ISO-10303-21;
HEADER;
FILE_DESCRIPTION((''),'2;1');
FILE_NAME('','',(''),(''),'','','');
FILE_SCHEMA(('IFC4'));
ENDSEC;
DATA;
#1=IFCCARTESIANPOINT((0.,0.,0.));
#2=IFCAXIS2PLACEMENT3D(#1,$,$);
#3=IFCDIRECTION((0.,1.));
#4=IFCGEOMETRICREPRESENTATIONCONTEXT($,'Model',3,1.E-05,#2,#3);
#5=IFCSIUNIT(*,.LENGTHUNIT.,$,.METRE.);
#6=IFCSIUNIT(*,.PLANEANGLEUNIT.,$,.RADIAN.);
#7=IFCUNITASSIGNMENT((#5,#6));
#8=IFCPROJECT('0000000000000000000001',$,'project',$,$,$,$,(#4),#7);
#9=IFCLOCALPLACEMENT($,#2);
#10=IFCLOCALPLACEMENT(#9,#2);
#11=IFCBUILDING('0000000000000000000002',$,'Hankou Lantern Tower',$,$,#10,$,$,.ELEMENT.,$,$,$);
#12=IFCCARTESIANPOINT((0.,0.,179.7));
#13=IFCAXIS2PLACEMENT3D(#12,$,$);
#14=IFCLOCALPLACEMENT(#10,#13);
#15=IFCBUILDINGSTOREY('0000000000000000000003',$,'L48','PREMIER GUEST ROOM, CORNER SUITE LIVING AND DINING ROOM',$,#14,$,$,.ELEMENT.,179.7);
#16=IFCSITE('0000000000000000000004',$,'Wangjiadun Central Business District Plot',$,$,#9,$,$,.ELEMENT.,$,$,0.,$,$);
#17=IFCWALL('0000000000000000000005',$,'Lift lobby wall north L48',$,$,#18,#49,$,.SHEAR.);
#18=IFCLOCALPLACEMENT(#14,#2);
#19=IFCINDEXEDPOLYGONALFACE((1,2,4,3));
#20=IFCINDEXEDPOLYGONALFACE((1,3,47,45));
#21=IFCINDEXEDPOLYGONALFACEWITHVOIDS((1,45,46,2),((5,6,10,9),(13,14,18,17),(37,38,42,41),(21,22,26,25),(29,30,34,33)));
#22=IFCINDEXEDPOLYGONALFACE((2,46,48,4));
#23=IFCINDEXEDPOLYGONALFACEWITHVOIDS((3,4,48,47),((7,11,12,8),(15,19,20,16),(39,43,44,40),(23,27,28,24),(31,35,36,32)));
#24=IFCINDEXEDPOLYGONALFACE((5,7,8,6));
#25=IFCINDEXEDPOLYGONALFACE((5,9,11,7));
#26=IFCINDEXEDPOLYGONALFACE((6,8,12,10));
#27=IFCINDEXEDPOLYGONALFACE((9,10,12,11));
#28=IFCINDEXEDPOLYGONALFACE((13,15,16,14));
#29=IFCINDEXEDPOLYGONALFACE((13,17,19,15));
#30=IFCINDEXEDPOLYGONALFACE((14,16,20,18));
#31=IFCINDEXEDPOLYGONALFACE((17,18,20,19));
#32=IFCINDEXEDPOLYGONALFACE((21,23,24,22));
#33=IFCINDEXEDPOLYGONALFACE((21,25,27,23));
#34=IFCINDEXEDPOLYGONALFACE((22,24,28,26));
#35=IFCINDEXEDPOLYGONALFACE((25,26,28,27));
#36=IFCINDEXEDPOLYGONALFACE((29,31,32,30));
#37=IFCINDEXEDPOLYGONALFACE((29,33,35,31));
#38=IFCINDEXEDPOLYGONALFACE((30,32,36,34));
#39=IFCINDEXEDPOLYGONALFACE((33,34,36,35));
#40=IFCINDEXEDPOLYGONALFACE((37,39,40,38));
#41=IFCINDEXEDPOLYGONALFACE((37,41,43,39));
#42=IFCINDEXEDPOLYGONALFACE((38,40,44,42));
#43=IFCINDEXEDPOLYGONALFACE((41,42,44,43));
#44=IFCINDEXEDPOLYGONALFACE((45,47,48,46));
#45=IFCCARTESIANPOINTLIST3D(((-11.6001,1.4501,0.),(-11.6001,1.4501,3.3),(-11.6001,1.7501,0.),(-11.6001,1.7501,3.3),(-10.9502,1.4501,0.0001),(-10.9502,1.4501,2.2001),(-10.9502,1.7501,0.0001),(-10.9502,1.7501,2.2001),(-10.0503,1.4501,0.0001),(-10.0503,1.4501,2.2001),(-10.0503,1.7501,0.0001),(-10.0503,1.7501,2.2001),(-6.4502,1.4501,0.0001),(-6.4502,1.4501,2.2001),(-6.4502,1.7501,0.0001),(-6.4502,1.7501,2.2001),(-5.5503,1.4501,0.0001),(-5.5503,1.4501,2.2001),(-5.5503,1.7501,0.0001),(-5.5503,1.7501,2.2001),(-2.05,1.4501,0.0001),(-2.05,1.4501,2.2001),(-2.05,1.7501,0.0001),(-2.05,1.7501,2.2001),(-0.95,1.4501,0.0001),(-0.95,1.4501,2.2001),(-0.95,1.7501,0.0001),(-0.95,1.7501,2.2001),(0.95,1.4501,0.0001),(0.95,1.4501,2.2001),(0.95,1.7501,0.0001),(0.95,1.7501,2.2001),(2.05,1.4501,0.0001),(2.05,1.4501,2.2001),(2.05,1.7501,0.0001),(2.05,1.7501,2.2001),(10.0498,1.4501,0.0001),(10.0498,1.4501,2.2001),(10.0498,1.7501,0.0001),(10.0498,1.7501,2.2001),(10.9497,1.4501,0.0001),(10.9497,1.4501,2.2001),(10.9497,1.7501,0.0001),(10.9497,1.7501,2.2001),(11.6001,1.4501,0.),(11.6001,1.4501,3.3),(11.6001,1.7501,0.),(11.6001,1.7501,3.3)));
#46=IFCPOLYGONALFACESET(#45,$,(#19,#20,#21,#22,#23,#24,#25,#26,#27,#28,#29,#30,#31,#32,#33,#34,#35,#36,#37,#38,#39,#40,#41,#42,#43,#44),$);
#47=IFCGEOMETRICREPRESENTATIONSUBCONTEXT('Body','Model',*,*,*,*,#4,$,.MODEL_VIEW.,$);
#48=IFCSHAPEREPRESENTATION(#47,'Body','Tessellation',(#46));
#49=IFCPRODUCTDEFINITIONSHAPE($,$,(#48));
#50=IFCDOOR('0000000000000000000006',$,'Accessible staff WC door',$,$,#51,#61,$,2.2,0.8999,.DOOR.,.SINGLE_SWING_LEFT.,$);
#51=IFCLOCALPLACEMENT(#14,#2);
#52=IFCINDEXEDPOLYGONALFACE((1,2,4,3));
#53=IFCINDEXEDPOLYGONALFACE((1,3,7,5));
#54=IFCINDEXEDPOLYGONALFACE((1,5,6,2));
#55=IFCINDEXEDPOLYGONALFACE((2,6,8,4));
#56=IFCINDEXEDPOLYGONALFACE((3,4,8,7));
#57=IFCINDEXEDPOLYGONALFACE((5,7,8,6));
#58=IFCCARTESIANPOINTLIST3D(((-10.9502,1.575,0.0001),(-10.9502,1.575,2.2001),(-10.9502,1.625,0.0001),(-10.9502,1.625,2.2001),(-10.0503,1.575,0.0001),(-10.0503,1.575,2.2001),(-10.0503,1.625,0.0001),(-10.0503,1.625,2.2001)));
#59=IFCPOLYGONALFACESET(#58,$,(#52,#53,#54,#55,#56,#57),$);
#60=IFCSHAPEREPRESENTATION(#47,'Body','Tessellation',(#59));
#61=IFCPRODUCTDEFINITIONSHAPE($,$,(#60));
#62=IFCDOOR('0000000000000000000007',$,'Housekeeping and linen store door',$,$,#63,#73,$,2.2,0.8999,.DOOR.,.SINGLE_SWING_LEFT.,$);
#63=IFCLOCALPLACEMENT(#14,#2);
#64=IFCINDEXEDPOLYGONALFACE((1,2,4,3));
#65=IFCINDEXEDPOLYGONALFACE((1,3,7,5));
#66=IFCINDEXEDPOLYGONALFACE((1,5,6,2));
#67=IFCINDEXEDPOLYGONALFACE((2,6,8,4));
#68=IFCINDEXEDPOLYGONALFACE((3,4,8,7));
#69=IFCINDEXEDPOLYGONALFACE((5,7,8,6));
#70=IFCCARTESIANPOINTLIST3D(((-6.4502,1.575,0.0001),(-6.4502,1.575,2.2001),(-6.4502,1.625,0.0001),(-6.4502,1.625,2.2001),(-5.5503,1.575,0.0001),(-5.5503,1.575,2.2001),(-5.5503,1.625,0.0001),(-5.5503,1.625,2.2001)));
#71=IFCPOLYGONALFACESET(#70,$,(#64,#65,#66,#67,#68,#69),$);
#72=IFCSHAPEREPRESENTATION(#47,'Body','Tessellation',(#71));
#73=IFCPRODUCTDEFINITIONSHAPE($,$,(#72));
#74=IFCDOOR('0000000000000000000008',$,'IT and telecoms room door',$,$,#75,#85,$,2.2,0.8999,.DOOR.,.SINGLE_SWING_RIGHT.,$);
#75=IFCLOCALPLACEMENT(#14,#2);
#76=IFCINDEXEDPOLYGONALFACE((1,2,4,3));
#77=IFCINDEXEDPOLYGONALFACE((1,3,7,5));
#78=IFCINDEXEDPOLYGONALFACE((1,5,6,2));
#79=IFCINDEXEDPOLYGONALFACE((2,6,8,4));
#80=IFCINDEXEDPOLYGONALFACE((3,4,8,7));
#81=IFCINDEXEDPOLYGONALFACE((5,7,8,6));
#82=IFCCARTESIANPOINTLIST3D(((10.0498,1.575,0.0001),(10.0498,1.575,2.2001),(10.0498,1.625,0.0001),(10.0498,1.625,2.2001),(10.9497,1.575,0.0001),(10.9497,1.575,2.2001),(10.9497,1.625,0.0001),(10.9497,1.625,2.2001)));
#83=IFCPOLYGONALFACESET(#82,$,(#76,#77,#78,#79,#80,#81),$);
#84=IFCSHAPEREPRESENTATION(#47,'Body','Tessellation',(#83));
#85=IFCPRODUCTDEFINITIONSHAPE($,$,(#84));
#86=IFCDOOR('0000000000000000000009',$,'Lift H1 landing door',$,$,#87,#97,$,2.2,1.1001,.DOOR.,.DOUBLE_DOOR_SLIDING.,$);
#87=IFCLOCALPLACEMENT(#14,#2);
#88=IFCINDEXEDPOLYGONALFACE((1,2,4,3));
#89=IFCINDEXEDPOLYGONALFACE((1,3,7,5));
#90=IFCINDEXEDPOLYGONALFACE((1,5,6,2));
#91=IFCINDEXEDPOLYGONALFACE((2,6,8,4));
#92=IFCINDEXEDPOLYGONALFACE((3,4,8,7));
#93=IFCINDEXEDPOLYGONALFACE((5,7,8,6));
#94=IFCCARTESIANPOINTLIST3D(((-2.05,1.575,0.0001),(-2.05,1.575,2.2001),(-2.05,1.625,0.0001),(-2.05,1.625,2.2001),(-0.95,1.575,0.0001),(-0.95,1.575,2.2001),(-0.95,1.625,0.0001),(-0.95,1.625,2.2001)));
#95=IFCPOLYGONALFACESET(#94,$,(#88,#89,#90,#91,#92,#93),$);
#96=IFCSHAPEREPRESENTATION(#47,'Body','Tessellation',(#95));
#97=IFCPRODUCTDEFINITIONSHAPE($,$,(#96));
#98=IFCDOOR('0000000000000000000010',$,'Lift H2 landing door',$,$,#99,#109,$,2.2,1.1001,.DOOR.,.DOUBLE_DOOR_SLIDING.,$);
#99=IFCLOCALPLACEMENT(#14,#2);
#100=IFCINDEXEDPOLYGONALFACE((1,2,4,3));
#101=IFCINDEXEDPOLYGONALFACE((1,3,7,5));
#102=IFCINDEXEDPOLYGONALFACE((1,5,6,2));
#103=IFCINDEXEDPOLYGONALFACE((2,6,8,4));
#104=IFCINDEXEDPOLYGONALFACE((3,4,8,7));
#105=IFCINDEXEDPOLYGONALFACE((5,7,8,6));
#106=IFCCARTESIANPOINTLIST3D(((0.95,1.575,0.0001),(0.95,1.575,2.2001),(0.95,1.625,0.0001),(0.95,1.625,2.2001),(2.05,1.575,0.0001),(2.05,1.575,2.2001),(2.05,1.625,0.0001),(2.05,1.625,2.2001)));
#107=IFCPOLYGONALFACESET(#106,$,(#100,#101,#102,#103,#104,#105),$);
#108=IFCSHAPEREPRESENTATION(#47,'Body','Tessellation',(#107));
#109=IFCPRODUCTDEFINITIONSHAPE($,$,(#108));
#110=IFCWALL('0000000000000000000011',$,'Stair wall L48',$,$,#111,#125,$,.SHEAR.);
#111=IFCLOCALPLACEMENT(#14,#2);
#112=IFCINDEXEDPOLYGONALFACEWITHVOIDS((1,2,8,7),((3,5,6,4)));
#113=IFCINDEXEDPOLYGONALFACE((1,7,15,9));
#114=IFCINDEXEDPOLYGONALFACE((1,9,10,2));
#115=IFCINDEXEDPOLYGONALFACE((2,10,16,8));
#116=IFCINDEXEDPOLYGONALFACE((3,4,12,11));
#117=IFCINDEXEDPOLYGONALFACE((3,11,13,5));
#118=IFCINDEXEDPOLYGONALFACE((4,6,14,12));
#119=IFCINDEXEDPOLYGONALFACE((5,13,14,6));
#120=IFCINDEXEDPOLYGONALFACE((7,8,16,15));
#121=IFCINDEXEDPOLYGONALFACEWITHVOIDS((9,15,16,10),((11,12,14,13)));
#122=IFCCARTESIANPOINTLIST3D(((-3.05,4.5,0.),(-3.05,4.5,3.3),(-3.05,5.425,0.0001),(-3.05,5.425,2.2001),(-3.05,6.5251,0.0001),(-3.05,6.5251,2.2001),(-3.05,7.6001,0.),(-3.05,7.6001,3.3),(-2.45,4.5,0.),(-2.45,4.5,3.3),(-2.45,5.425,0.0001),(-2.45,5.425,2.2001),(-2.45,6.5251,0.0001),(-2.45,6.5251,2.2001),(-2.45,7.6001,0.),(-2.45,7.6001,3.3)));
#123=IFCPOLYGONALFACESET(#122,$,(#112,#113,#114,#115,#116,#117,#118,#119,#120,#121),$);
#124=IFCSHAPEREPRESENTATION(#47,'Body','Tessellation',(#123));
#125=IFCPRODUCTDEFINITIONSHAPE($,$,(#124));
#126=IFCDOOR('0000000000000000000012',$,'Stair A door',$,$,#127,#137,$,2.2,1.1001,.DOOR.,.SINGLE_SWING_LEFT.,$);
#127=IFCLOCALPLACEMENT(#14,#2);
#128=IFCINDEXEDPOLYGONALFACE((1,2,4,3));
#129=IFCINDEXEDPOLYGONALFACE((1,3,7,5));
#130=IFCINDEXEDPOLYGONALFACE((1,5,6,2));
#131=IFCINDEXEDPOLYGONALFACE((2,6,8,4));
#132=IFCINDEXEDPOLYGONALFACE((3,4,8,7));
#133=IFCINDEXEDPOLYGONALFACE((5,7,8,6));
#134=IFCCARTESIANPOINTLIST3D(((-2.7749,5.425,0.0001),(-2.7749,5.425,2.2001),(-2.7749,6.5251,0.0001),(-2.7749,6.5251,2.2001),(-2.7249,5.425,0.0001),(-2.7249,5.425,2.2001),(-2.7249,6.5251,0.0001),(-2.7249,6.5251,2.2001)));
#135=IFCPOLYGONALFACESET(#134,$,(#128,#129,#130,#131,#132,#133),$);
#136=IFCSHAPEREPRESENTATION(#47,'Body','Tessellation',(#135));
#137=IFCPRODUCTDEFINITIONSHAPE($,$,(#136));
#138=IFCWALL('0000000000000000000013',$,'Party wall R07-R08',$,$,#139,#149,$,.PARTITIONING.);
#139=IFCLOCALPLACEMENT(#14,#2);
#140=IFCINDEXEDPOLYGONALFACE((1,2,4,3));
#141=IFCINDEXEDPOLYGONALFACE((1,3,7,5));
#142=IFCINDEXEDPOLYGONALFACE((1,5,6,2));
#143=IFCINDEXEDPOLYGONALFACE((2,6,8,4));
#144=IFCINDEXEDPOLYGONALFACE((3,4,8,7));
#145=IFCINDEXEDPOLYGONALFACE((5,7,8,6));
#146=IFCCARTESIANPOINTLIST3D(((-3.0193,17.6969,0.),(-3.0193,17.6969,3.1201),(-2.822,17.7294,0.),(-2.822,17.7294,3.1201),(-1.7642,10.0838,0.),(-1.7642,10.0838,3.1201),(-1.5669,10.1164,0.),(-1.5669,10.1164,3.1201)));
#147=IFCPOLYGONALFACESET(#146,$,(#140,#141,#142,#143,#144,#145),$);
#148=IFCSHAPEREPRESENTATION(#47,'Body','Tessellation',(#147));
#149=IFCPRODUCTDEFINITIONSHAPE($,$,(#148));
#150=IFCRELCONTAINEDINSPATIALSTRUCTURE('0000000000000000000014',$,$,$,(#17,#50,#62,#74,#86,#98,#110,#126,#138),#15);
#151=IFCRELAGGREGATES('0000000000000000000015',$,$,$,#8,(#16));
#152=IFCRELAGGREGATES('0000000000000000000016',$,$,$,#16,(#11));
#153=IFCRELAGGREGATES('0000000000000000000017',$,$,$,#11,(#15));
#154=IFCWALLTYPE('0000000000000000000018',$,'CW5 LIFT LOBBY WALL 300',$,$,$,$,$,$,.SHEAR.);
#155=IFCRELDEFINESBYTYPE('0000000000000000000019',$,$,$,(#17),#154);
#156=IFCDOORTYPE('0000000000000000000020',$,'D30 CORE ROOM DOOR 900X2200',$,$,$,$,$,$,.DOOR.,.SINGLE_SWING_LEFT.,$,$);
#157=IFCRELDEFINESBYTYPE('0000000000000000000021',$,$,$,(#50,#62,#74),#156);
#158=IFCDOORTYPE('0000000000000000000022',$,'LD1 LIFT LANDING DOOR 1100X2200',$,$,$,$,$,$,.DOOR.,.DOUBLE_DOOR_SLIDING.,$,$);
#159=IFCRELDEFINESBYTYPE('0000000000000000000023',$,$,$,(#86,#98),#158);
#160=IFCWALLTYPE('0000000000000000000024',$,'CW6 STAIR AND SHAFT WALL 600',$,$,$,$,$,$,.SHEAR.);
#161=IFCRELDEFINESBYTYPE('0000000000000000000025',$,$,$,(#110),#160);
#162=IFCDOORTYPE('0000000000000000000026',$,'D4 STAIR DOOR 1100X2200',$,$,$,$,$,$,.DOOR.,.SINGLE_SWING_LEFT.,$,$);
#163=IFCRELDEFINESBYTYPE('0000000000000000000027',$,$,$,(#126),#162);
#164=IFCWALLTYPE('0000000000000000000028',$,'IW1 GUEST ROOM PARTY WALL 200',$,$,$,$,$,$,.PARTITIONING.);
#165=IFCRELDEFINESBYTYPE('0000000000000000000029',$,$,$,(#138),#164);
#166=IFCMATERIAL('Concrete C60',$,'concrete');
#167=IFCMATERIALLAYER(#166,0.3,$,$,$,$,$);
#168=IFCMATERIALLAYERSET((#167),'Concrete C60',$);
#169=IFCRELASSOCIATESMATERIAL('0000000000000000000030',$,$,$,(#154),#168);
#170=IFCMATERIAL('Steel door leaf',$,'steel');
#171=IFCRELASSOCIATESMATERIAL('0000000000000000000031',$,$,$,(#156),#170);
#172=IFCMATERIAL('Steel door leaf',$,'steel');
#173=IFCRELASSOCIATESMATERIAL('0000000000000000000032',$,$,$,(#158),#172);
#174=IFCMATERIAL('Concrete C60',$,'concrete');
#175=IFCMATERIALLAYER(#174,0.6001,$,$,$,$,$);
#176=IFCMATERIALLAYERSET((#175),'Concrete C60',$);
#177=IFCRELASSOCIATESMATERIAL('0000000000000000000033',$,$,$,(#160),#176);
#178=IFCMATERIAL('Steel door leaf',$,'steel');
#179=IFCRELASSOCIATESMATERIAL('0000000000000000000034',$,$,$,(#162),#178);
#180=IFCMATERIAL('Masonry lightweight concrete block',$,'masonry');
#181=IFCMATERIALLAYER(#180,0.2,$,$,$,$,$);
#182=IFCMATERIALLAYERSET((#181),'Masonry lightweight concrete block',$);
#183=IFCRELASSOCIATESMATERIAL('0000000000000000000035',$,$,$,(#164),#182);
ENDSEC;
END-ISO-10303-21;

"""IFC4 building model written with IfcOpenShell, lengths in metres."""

from ifc_helpers import new_model, si_unit, direction, frame, frame_2d, origin, place, context, subcontext, project, spatial, rectangle, extrude, material, layer, layer_set, type_object, element, fill, save


model = new_model("IFC4")

# Units and contexts
model_context = context("Model", 3, precision=1e-05, world=origin(), true_north=direction((0.0, 1.0)))
body_context = subcontext(model_context, "Body", "Model", "MODEL_VIEW")
ifc_project = project(units=[si_unit("LENGTHUNIT", "METRE"), si_unit("PLANEANGLEUNIT", "RADIAN")], contexts=[model_context])

# Site, building, storey
site_placement = place(None, origin())
site = spatial("IfcSite", under=ifc_project, at=site_placement, Name="Wangjiadun Central Business District Plot", CompositionType="ELEMENT", RefElevation=0.0)
building_placement = place(site_placement, origin())
building = spatial("IfcBuilding", under=site, at=building_placement, Name="Hankou Lantern Tower", CompositionType="ELEMENT")
storey_placement = place(building_placement, frame((0.0, 0.0, 179.7)))
storey = spatial("IfcBuildingStorey", under=building, at=storey_placement, Name="L48", Description="PREMIER GUEST ROOM, CORNER SUITE LIVING AND DINING ROOM", CompositionType="ELEMENT", Elevation=179.7)

# Wall, openings, doors
ifc_material_1 = material(Name="Concrete C60", Category="concrete")
ifc_layer_1 = layer(ifc_material_1, 0.3)
ifc_layer_set_1 = layer_set([ifc_layer_1], Name="Concrete C60")
wall_type_1 = type_object("IfcWallType", Name="CW5 LIFT LOBBY WALL 300", PredefinedType="SHEAR", material=ifc_layer_set_1)
wall_1_placement = place(storey_placement, frame((-11.6001, 1.6001, 0.0), z_axis=(0.0, 0.0, 1.0), x_axis=(1.0, 0.0, 0.0)))
wall_1 = element("IfcWall", 1, at=wall_1_placement, inside=storey, type_object=wall_type_1, Name="Lift lobby wall north L48", PredefinedType="SHEAR", context=body_context, shape_type="SweptSolid", body=[
    extrude(rectangle(XDim=23.2002, YDim=0.3, at=frame_2d((11.6001, 0.0))), origin(), (0.0, 0.0, 1.0), 3.3),
])
opening_1_placement = place(wall_1_placement, frame((9.55, 0.0, 0.0)))
opening_1 = element("IfcOpeningElement", 2, at=opening_1_placement, cuts=wall_1, PredefinedType="OPENING", context=body_context, shape_type="SweptSolid", body=[
    extrude(rectangle(XDim=1.1001, YDim=2.2, at=frame_2d((0.55, 1.1001))), frame((0.0, 0.1599, 0.0), z_axis=(0.0, -1.0, 0.0), x_axis=(1.0, 0.0, 0.0)), (0.0, 0.0, 1.0), 0.3201),
])
opening_2_placement = place(wall_1_placement, frame((12.55, 0.0, 0.0)))
opening_2 = element("IfcOpeningElement", 3, at=opening_2_placement, cuts=wall_1, PredefinedType="OPENING", context=body_context, shape_type="SweptSolid", body=[
    extrude(rectangle(XDim=1.1001, YDim=2.2, at=frame_2d((0.55, 1.1001))), frame((0.0, 0.1599, 0.0), z_axis=(0.0, -1.0, 0.0), x_axis=(1.0, 0.0, 0.0)), (0.0, 0.0, 1.0), 0.3201),
])
opening_3_placement = place(wall_1_placement, frame((0.6499, 0.0, 0.0)))
opening_3 = element("IfcOpeningElement", 4, at=opening_3_placement, cuts=wall_1, PredefinedType="OPENING", context=body_context, shape_type="SweptSolid", body=[
    extrude(rectangle(XDim=0.8999, YDim=2.2, at=frame_2d((0.45, 1.1001))), frame((0.0, 0.1599, 0.0), z_axis=(0.0, -1.0, 0.0), x_axis=(1.0, 0.0, 0.0)), (0.0, 0.0, 1.0), 0.3201),
])
opening_4_placement = place(wall_1_placement, frame((5.1499, 0.0, 0.0)))
opening_4 = element("IfcOpeningElement", 5, at=opening_4_placement, cuts=wall_1, PredefinedType="OPENING", context=body_context, shape_type="SweptSolid", body=[
    extrude(rectangle(XDim=0.8999, YDim=2.2, at=frame_2d((0.45, 1.1001))), frame((0.0, 0.1599, 0.0), z_axis=(0.0, -1.0, 0.0), x_axis=(1.0, 0.0, 0.0)), (0.0, 0.0, 1.0), 0.3201),
])
opening_5_placement = place(wall_1_placement, frame((21.6499, 0.0, 0.0)))
opening_5 = element("IfcOpeningElement", 6, at=opening_5_placement, cuts=wall_1, PredefinedType="OPENING", context=body_context, shape_type="SweptSolid", body=[
    extrude(rectangle(XDim=0.8999, YDim=2.2, at=frame_2d((0.45, 1.1001))), frame((0.0, 0.1599, 0.0), z_axis=(0.0, -1.0, 0.0), x_axis=(1.0, 0.0, 0.0)), (0.0, 0.0, 1.0), 0.3201),
])
ifc_material_2 = material(Name="Steel door leaf", Category="steel")
door_type_1 = type_object("IfcDoorType", Name="D30 CORE ROOM DOOR 900X2200", OperationType="SINGLE_SWING_LEFT", PredefinedType="DOOR", material=ifc_material_2)
door_1_placement = place(opening_3_placement, origin())
door_1 = element("IfcDoor", 7, at=door_1_placement, inside=storey, type_object=door_type_1, Name="Accessible staff WC door", OperationType="SINGLE_SWING_LEFT", OverallHeight=2.2, OverallWidth=0.8999, PredefinedType="DOOR", context=body_context, shape_type="SweptSolid", body=[
    extrude(rectangle(XDim=0.8999, YDim=2.2, at=frame_2d((0.45, 1.1001))), frame((0.0, 0.0249, 0.0), z_axis=(0.0, -1.0, 0.0), x_axis=(1.0, 0.0, 0.0)), (0.0, 0.0, 1.0), 0.05),
])
fill(opening_3, door_1)
door_2_placement = place(opening_4_placement, origin())
door_2 = element("IfcDoor", 8, at=door_2_placement, inside=storey, type_object=door_type_1, Name="Housekeeping and linen store door", OperationType="SINGLE_SWING_LEFT", OverallHeight=2.2, OverallWidth=0.8999, PredefinedType="DOOR", context=body_context, shape_type="SweptSolid", body=[
    extrude(rectangle(XDim=0.8999, YDim=2.2, at=frame_2d((0.45, 1.1001))), frame((0.0, 0.0249, 0.0), z_axis=(0.0, -1.0, 0.0), x_axis=(1.0, 0.0, 0.0)), (0.0, 0.0, 1.0), 0.05),
])
fill(opening_4, door_2)
door_3_placement = place(opening_5_placement, origin())
door_3 = element("IfcDoor", 9, at=door_3_placement, inside=storey, type_object=door_type_1, Name="IT and telecoms room door", OperationType="SINGLE_SWING_RIGHT", OverallHeight=2.2, OverallWidth=0.8999, PredefinedType="DOOR", context=body_context, shape_type="SweptSolid", body=[
    extrude(rectangle(XDim=0.8999, YDim=2.2, at=frame_2d((0.45, 1.1001))), frame((0.0, 0.0249, 0.0), z_axis=(0.0, -1.0, 0.0), x_axis=(1.0, 0.0, 0.0)), (0.0, 0.0, 1.0), 0.05),
])
fill(opening_5, door_3)
ifc_material_3 = material(Name="Steel door leaf", Category="steel")
door_type_2 = type_object("IfcDoorType", Name="LD1 LIFT LANDING DOOR 1100X2200", OperationType="DOUBLE_DOOR_SLIDING", PredefinedType="DOOR", material=ifc_material_3)
door_4_placement = place(opening_1_placement, origin())
door_4 = element("IfcDoor", 10, at=door_4_placement, inside=storey, type_object=door_type_2, Name="Lift H1 landing door", OperationType="DOUBLE_DOOR_SLIDING", OverallHeight=2.2, OverallWidth=1.1001, PredefinedType="DOOR", context=body_context, shape_type="SweptSolid", body=[
    extrude(rectangle(XDim=1.1001, YDim=2.2, at=frame_2d((0.55, 1.1001))), frame((0.0, 0.0249, 0.0), z_axis=(0.0, -1.0, 0.0), x_axis=(1.0, 0.0, 0.0)), (0.0, 0.0, 1.0), 0.05),
])
fill(opening_1, door_4)
door_5_placement = place(opening_2_placement, origin())
door_5 = element("IfcDoor", 11, at=door_5_placement, inside=storey, type_object=door_type_2, Name="Lift H2 landing door", OperationType="DOUBLE_DOOR_SLIDING", OverallHeight=2.2, OverallWidth=1.1001, PredefinedType="DOOR", context=body_context, shape_type="SweptSolid", body=[
    extrude(rectangle(XDim=1.1001, YDim=2.2, at=frame_2d((0.55, 1.1001))), frame((0.0, 0.0249, 0.0), z_axis=(0.0, -1.0, 0.0), x_axis=(1.0, 0.0, 0.0)), (0.0, 0.0, 1.0), 0.05),
])
fill(opening_2, door_5)

# Wall, opening, door
ifc_material_4 = material(Name="Concrete C60", Category="concrete")
ifc_layer_2 = layer(ifc_material_4, 0.6001)
ifc_layer_set_2 = layer_set([ifc_layer_2], Name="Concrete C60")
wall_type_2 = type_object("IfcWallType", Name="CW6 STAIR AND SHAFT WALL 600", PredefinedType="SHEAR", material=ifc_layer_set_2)
wall_2_placement = place(storey_placement, frame((-2.75, 4.5, 0.0), z_axis=(0.0, 0.0, 1.0), x_axis=(0.0, 1.0, 0.0)))
wall_2 = element("IfcWall", 12, at=wall_2_placement, inside=storey, type_object=wall_type_2, Name="Stair wall L48", PredefinedType="SHEAR", context=body_context, shape_type="SweptSolid", body=[
    extrude(rectangle(XDim=3.1001, YDim=0.6001, at=frame_2d((1.55, 0.0))), origin(), (0.0, 0.0, 1.0), 3.3),
])
opening_6_placement = place(wall_2_placement, frame((0.925, 0.0, 0.0)))
opening_6 = element("IfcOpeningElement", 13, at=opening_6_placement, cuts=wall_2, PredefinedType="OPENING", context=body_context, shape_type="SweptSolid", body=[
    extrude(rectangle(XDim=1.1001, YDim=2.2, at=frame_2d((0.55, 1.1001))), frame((0.0, 0.3101, 0.0), z_axis=(0.0, -1.0, 0.0), x_axis=(1.0, 0.0, 0.0)), (0.0, 0.0, 1.0), 0.6201),
])
ifc_material_5 = material(Name="Steel door leaf", Category="steel")
door_type_3 = type_object("IfcDoorType", Name="D4 STAIR DOOR 1100X2200", OperationType="SINGLE_SWING_LEFT", PredefinedType="DOOR", material=ifc_material_5)
door_6_placement = place(opening_6_placement, origin())
door_6 = element("IfcDoor", 14, at=door_6_placement, inside=storey, type_object=door_type_3, Name="Stair A door", OperationType="SINGLE_SWING_LEFT", OverallHeight=2.2, OverallWidth=1.1001, PredefinedType="DOOR", context=body_context, shape_type="SweptSolid", body=[
    extrude(rectangle(XDim=1.1001, YDim=2.2, at=frame_2d((0.55, 1.1001))), frame((0.0, 0.0249, 0.0), z_axis=(0.0, -1.0, 0.0), x_axis=(1.0, 0.0, 0.0)), (0.0, 0.0, 1.0), 0.05),
])
fill(opening_6, door_6)

# Wall
ifc_material_6 = material(Name="Masonry lightweight concrete block", Category="masonry")
ifc_layer_3 = layer(ifc_material_6, 0.2)
ifc_layer_set_3 = layer_set([ifc_layer_3], Name="Masonry lightweight concrete block")
wall_type_3 = type_object("IfcWallType", Name="IW1 GUEST ROOM PARTY WALL 200", PredefinedType="PARTITIONING", material=ifc_layer_set_3)
wall_3_placement = place(storey_placement, frame((-1.6655, 10.1001, 0.0), z_axis=(0.0, 0.0, 1.0), x_axis=(-0.16267, 0.986681, 0.0)))
element("IfcWall", 15, at=wall_3_placement, inside=storey, type_object=wall_type_3, Name="Party wall R07-R08", PredefinedType="PARTITIONING", context=body_context, shape_type="SweptSolid", body=[
    extrude(rectangle(XDim=7.7158, YDim=0.2, at=frame_2d((3.8579, 0.0))), origin(), (0.0, 0.0, 1.0), 3.1201),
])

save(model, "model.ifc")
